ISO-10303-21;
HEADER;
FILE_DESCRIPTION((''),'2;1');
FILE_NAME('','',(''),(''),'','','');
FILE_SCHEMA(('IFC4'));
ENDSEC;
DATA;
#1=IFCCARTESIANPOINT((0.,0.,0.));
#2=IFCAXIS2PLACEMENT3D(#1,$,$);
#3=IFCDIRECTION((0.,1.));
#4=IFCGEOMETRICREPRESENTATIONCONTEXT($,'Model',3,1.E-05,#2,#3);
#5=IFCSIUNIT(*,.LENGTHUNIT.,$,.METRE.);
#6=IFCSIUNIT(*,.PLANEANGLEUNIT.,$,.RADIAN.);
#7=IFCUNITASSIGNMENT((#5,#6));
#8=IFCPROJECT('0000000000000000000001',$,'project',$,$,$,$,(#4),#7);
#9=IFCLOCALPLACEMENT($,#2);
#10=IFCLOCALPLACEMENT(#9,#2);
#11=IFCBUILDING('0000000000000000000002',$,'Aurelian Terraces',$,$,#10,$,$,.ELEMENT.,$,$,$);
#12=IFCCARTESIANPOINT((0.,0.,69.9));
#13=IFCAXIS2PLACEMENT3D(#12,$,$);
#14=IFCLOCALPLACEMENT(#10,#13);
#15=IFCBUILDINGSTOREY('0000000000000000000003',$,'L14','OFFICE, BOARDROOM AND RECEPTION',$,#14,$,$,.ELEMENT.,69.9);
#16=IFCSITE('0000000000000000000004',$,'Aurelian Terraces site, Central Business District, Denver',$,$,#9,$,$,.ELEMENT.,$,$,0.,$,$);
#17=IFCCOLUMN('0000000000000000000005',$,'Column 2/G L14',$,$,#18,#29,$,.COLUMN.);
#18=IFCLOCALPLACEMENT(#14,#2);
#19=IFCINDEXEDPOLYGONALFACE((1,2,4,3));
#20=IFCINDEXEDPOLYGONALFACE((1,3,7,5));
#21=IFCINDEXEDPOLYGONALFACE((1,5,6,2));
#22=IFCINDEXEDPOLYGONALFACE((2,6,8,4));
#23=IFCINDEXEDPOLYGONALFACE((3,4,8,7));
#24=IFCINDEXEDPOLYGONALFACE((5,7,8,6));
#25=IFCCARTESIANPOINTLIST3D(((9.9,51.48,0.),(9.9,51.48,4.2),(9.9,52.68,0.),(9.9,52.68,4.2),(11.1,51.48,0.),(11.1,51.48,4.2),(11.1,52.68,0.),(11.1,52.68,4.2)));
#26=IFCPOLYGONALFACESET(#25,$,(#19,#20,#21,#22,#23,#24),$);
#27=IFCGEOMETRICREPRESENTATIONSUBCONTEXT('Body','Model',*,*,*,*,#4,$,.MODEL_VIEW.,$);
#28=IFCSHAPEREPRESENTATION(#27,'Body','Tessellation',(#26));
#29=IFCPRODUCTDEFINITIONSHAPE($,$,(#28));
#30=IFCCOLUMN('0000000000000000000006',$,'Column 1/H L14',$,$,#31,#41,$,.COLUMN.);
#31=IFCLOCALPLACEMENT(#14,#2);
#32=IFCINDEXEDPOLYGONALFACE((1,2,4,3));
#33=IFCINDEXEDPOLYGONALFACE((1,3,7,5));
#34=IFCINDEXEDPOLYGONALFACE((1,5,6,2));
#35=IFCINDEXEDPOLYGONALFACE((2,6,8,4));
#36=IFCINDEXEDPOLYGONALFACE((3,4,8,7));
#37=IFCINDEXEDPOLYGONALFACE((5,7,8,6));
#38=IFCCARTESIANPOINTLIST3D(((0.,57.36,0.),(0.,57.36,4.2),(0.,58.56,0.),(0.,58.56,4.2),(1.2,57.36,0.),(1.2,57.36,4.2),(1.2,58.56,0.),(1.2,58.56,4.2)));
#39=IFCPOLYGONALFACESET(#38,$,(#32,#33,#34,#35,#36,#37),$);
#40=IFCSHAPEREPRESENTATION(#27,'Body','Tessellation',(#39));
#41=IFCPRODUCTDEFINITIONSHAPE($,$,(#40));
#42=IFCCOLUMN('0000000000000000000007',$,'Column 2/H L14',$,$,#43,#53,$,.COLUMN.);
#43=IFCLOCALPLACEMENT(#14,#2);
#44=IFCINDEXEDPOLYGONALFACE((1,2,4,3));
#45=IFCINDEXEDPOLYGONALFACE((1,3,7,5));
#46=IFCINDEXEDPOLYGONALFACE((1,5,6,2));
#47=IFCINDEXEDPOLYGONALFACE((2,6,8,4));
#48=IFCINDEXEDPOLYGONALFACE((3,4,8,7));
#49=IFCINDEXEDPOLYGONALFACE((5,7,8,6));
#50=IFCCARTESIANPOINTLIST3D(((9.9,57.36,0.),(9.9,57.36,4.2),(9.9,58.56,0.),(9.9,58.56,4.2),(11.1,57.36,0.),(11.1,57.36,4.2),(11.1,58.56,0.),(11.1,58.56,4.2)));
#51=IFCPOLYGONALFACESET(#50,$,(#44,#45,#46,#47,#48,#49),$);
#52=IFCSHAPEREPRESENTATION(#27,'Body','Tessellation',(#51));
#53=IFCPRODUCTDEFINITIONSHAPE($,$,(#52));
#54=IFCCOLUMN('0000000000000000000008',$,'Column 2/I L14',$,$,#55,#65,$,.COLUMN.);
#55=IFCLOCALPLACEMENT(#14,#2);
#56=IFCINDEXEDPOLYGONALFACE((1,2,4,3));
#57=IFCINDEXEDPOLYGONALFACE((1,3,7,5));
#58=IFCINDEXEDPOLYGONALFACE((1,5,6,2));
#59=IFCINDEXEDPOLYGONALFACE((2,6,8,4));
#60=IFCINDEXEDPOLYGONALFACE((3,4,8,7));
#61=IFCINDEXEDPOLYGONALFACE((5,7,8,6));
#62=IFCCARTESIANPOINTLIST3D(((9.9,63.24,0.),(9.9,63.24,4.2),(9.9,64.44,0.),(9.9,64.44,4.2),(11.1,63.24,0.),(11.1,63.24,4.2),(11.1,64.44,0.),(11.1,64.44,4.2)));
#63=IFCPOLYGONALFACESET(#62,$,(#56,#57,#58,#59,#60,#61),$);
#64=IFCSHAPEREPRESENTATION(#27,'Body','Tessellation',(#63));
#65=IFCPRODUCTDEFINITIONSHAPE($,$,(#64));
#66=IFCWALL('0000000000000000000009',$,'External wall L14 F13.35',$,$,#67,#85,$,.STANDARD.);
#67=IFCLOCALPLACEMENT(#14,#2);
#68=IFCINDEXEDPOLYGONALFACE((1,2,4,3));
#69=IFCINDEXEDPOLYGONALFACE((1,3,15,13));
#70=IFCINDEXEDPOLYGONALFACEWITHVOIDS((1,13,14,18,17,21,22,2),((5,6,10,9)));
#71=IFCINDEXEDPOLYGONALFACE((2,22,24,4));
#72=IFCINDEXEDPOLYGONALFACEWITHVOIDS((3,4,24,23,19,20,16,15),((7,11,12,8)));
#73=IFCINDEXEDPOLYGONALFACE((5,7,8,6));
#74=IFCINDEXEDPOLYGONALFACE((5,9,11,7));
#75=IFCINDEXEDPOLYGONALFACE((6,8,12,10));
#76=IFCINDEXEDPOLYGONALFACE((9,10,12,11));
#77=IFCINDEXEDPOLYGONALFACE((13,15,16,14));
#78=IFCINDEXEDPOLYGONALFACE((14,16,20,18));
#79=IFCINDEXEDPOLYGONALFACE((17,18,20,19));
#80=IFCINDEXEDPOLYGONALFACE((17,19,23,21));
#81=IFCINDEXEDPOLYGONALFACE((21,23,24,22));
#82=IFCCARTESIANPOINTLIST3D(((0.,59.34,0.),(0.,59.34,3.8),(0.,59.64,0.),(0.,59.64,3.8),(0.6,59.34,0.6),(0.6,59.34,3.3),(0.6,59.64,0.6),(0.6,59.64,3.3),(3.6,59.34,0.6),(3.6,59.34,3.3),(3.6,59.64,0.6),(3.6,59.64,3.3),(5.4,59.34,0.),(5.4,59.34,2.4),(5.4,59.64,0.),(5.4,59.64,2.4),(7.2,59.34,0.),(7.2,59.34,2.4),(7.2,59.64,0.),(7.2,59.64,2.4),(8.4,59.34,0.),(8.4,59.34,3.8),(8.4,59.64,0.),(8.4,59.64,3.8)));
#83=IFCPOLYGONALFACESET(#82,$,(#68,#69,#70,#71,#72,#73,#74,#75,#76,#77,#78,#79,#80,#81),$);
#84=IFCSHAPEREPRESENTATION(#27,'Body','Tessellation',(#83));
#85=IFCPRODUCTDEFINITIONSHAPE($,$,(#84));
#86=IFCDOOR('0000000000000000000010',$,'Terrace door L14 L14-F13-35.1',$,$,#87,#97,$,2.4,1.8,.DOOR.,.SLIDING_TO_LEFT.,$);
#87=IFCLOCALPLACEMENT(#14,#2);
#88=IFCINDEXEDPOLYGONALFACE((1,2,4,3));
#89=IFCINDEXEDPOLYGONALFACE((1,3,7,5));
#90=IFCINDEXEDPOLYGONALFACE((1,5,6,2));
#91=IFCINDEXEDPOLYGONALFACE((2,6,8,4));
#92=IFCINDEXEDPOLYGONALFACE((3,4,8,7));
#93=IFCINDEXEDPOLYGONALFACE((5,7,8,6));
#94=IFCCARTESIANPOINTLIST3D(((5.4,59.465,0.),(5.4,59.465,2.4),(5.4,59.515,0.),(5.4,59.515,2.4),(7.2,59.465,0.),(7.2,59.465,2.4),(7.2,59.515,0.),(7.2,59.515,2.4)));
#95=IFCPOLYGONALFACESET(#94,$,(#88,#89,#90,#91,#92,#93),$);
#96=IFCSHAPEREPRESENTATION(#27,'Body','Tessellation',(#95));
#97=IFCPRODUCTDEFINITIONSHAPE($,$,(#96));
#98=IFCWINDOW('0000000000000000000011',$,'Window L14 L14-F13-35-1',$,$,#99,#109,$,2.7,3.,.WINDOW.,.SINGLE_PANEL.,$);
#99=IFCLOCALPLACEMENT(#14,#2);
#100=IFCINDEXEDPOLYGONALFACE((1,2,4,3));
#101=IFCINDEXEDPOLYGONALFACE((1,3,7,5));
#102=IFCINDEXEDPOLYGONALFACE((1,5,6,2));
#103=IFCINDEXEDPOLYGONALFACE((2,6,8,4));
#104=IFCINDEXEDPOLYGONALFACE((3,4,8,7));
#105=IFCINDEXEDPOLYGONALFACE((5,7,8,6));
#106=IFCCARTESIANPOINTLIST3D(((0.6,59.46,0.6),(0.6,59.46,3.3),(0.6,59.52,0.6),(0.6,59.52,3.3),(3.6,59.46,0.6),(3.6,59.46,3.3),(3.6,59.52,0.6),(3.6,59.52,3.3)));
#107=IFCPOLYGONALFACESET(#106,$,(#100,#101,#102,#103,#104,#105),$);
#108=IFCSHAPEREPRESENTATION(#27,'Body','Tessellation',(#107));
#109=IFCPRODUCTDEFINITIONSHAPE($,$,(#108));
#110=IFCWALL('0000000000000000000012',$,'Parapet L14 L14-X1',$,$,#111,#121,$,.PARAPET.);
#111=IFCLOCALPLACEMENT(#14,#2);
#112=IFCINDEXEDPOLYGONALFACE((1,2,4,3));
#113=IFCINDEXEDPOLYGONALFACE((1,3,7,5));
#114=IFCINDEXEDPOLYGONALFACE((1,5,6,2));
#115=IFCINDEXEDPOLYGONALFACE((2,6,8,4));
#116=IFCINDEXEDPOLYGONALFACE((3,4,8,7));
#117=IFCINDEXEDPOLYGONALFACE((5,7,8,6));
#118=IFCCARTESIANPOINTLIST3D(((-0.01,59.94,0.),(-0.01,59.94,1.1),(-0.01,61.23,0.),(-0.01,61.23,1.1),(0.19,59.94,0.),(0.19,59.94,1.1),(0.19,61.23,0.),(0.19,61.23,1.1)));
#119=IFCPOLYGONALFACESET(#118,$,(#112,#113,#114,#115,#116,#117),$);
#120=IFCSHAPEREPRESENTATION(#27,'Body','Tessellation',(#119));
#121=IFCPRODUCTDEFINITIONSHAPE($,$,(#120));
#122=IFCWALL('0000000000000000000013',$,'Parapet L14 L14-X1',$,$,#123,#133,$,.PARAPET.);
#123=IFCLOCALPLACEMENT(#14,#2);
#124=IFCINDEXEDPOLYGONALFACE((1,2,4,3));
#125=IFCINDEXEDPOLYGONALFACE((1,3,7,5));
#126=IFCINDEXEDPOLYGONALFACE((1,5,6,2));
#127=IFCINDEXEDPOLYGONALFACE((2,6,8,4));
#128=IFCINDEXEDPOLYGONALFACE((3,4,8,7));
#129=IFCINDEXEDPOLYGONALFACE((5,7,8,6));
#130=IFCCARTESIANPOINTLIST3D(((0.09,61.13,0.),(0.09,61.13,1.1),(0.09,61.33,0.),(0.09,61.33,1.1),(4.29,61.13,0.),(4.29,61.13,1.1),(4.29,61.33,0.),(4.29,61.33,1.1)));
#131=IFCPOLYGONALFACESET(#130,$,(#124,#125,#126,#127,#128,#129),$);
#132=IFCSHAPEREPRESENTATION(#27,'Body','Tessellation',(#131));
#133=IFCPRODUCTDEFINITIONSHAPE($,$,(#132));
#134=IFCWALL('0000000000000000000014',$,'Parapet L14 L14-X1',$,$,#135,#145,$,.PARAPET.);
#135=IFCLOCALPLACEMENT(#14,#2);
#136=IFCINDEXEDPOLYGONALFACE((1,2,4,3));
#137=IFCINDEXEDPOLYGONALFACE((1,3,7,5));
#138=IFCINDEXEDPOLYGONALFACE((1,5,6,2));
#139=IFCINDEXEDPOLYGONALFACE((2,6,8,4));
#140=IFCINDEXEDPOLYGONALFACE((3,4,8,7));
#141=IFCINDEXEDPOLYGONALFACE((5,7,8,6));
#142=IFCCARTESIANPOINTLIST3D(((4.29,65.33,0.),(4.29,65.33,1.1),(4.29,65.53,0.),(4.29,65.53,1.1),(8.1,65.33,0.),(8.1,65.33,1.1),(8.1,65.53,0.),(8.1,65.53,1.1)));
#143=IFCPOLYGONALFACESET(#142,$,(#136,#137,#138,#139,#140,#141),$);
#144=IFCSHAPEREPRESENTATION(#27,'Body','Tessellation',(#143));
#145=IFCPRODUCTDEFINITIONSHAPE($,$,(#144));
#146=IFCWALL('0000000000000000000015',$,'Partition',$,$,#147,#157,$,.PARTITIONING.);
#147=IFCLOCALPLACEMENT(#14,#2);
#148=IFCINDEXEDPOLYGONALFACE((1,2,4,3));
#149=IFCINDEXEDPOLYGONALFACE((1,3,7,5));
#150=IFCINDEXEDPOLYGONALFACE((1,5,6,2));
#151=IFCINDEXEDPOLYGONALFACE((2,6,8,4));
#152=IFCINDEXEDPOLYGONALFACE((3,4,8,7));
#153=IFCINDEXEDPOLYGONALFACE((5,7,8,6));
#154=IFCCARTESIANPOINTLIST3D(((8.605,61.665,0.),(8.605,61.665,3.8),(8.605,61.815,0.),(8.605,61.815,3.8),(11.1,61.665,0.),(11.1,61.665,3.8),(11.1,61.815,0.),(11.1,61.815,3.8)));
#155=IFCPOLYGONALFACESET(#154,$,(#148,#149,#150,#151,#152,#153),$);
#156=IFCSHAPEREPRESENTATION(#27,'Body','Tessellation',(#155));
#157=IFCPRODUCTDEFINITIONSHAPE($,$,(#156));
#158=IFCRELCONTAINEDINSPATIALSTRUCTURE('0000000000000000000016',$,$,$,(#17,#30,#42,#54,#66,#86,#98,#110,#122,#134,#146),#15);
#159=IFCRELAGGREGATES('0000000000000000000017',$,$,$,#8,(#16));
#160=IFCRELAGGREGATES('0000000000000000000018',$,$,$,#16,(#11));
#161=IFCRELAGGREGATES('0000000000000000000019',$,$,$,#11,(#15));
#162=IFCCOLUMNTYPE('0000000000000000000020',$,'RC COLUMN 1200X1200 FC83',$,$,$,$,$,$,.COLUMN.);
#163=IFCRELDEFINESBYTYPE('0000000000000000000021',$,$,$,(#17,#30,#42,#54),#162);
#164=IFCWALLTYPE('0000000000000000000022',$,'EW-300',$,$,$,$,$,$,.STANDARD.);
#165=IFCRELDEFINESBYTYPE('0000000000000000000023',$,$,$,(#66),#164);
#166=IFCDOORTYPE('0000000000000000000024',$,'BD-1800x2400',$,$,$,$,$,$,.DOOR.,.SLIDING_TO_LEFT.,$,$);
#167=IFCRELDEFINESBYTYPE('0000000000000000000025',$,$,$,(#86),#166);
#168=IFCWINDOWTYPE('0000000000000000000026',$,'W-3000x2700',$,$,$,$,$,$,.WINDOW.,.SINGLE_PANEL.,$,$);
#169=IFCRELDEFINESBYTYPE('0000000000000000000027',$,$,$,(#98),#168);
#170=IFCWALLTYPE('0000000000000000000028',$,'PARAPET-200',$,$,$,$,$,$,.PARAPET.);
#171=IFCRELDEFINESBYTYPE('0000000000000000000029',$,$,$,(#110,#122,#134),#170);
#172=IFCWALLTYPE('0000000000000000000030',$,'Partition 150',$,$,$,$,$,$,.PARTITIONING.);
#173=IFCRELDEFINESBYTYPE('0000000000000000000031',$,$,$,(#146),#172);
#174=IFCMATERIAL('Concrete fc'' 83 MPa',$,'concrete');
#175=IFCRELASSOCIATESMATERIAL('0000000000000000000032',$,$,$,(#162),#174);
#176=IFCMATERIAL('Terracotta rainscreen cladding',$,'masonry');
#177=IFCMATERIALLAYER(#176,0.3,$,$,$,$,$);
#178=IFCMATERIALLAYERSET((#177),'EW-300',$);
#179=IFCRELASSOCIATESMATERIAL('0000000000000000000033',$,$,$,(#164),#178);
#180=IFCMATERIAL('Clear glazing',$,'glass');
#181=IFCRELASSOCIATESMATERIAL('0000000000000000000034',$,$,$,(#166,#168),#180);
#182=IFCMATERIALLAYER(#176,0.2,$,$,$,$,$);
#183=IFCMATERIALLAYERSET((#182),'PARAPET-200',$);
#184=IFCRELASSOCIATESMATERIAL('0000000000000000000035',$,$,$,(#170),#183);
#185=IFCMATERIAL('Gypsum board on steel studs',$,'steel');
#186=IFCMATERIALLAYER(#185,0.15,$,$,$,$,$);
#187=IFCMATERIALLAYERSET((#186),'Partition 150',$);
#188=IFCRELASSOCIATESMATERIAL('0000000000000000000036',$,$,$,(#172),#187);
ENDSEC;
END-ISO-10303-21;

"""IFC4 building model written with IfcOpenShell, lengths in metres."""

from ifc_helpers import new_model, si_unit, direction, frame, frame_2d, origin, origin_2d, place, context, subcontext, project, spatial, rectangle, extrude, source, transform, mapped, material, layer, layer_set, material_profile, profile_set, type_object, element, fill, save


model = new_model("IFC4")

# Units and contexts
model_context = context("Model", 3, precision=1e-05, world=origin(), true_north=direction((0.0, 1.0)))
body_context = subcontext(model_context, "Body", "Model", "MODEL_VIEW")
ifc_project = project(units=[si_unit("LENGTHUNIT", "METRE"), si_unit("PLANEANGLEUNIT", "RADIAN")], contexts=[model_context])

# Site, building, storey
site_placement = place(None, origin())
site = spatial("IfcSite", under=ifc_project, at=site_placement, Name="Aurelian Terraces site, Central Business District, Denver", CompositionType="ELEMENT", RefElevation=0.0)
building_placement = place(site_placement, origin())
building = spatial("IfcBuilding", under=site, at=building_placement, Name="Aurelian Terraces", CompositionType="ELEMENT")
storey_placement = place(building_placement, frame((0.0, 0.0, 69.9)))
storey = spatial("IfcBuildingStorey", under=building, at=storey_placement, Name="L14", Description="OFFICE, BOARDROOM AND RECEPTION", CompositionType="ELEMENT", Elevation=69.9)

# Columns
ifc_material_1 = material(Name="Concrete fc' 83 MPa", Category="concrete")
ifc_material_profile = material_profile(ifc_material_1, rectangle(XDim=1.2, YDim=1.2, at=origin_2d()))
ifc_profile_set = profile_set([ifc_material_profile], Name="Concrete fc' 83 MPa")
column_type = type_object("IfcColumnType", Name="RC COLUMN 1200X1200 FC83", PredefinedType="COLUMN", material=ifc_profile_set)
shared_shape_1 = source(origin(), body_context, "Body", "SweptSolid", [
    extrude(rectangle(XDim=1.2, YDim=1.2, at=origin_2d()), origin(), (0.0, 0.0, 1.0), 4.2),
])
for number, where, z_axis, x_axis, name in (
    (1, (10.5, 52.08, 0.0), (0.0, 0.0, 1.0), (1.0, 0.0, 0.0), "Column 2/G L14"),
    (2, (0.6, 57.96, 0.0), (0.0, 0.0, 1.0), (1.0, 0.0, 0.0), "Column 1/H L14"),
    (3, (10.5, 57.96, 0.0), (0.0, 0.0, 1.0), (1.0, 0.0, 0.0), "Column 2/H L14"),
    (4, (10.5, 63.84, 0.0), (0.0, 0.0, 1.0), (1.0, 0.0, 0.0), "Column 2/I L14"),
):
    element("IfcColumn", number, at=place(storey_placement, frame(where, z_axis=z_axis, x_axis=x_axis)), inside=storey, type_object=column_type, Name=name, PredefinedType="COLUMN", context=body_context, shape_type="MappedRepresentation", body=[
        mapped(shared_shape_1, transform((0.0, 0.0, 0.0), scale=1.0)),
    ])

# Wall, openings, door, window
ifc_material_2 = material(Name="Terracotta rainscreen cladding", Category="masonry")
ifc_layer_1 = layer(ifc_material_2, 0.3)
ifc_layer_set_1 = layer_set([ifc_layer_1], Name="EW-300")
wall_type_1 = type_object("IfcWallType", Name="EW-300", PredefinedType="STANDARD", material=ifc_layer_set_1)
wall_1_placement = place(storey_placement, frame((8.4, 59.49, 0.0), z_axis=(0.0, 0.0, 1.0), x_axis=(-1.0, 0.0, 0.0)))
wall_1 = element("IfcWall", 5, at=wall_1_placement, inside=storey, type_object=wall_type_1, Name="External wall L14 F13.35", PredefinedType="STANDARD", context=body_context, shape_type="SweptSolid", body=[
    extrude(rectangle(XDim=8.4, YDim=0.3, at=frame_2d((4.2, 0.0))), origin(), (0.0, 0.0, 1.0), 3.8),
])
shared_shape_2 = source(origin(), body_context, "Body", "SweptSolid", [
    extrude(rectangle(XDim=1.8, YDim=2.4, at=frame_2d((0.9, 1.2))), frame((0.0, 0.16, 0.0), z_axis=(0.0, -1.0, 0.0), x_axis=(1.0, 0.0, 0.0)), (0.0, 0.0, 1.0), 0.32),
])
opening_1_placement = place(wall_1_placement, frame((1.2, 0.0, 0.0)))
opening_1 = element("IfcOpeningElement", 6, at=opening_1_placement, cuts=wall_1, PredefinedType="OPENING", context=body_context, shape_type="MappedRepresentation", body=[
    mapped(shared_shape_2, transform((0.0, 0.0, 0.0), scale=1.0)),
])
shared_shape_3 = source(origin(), body_context, "Body", "SweptSolid", [
    extrude(rectangle(XDim=3.0, YDim=2.7, at=frame_2d((1.5, 1.35))), frame((0.0, 0.16, 0.0), z_axis=(0.0, -1.0, 0.0), x_axis=(1.0, 0.0, 0.0)), (0.0, 0.0, 1.0), 0.32),
])
opening_2_placement = place(wall_1_placement, frame((4.8, 0.0, 0.6)))
opening_2 = element("IfcOpeningElement", 7, at=opening_2_placement, cuts=wall_1, PredefinedType="OPENING", context=body_context, shape_type="MappedRepresentation", body=[
    mapped(shared_shape_3, transform((0.0, 0.0, 0.0), scale=1.0)),
])
ifc_material_3 = material(Name="Clear glazing", Category="glass")
door_type_1 = type_object("IfcDoorType", Name="BD-1800x2400", OperationType="SLIDING_TO_LEFT", PredefinedType="DOOR", material=ifc_material_3)
shared_shape_4 = source(origin(), body_context, "Body", "SweptSolid", [
    extrude(rectangle(XDim=1.8, YDim=2.4, at=frame_2d((0.9, 1.2))), frame((0.0, 0.025, 0.0), z_axis=(0.0, -1.0, 0.0), x_axis=(1.0, 0.0, 0.0)), (0.0, 0.0, 1.0), 0.05),
])
door_1_placement = place(opening_1_placement, origin())
door_1 = element("IfcDoor", 8, at=door_1_placement, inside=storey, type_object=door_type_1, Name="Terrace door L14 L14-F13-35.1", OperationType="SLIDING_TO_LEFT", OverallHeight=2.4, OverallWidth=1.8, PredefinedType="DOOR", context=body_context, shape_type="MappedRepresentation", body=[
    mapped(shared_shape_4, transform((0.0, 0.0, 0.0), scale=1.0)),
])
fill(opening_1, door_1)
window_type_1 = type_object("IfcWindowType", Name="W-3000x2700", PartitioningType="SINGLE_PANEL", PredefinedType="WINDOW", material=ifc_material_3)
shared_shape_5 = source(origin(), body_context, "Body", "SweptSolid", [
    extrude(rectangle(XDim=3.0, YDim=2.7, at=frame_2d((1.5, 1.35))), frame((0.0, 0.03, 0.0), z_axis=(0.0, -1.0, 0.0), x_axis=(1.0, 0.0, 0.0)), (0.0, 0.0, 1.0), 0.06),
])
window_1_placement = place(opening_2_placement, origin())
window_1 = element("IfcWindow", 9, at=window_1_placement, inside=storey, type_object=window_type_1, Name="Window L14 L14-F13-35-1", OverallHeight=2.7, OverallWidth=3.0, PartitioningType="SINGLE_PANEL", PredefinedType="WINDOW", context=body_context, shape_type="MappedRepresentation", body=[
    mapped(shared_shape_5, transform((0.0, 0.0, 0.0), scale=1.0)),
])
fill(opening_2, window_1)

# Walls
ifc_layer_2 = layer(ifc_material_2, 0.2)
ifc_layer_set_2 = layer_set([ifc_layer_2], Name="PARAPET-200")
wall_type_2 = type_object("IfcWallType", Name="PARAPET-200", PredefinedType="PARAPET", material=ifc_layer_set_2)
wall_2_placement = place(storey_placement, frame((0.09, 59.94, 0.0), z_axis=(0.0, 0.0, 1.0), x_axis=(0.0, 1.0, 0.0)))
element("IfcWall", 10, at=wall_2_placement, inside=storey, type_object=wall_type_2, Name="Parapet L14 L14-X1", PredefinedType="PARAPET", context=body_context, shape_type="SweptSolid", body=[
    extrude(rectangle(XDim=1.29, YDim=0.2, at=frame_2d((0.645, 0.0))), origin(), (0.0, 0.0, 1.0), 1.1),
])
wall_3_placement = place(storey_placement, frame((0.09, 61.23, 0.0), z_axis=(0.0, 0.0, 1.0), x_axis=(1.0, 0.0, 0.0)))
element("IfcWall", 11, at=wall_3_placement, inside=storey, type_object=wall_type_2, Name="Parapet L14 L14-X1", PredefinedType="PARAPET", context=body_context, shape_type="SweptSolid", body=[
    extrude(rectangle(XDim=4.2, YDim=0.2, at=frame_2d((2.1, 0.0))), origin(), (0.0, 0.0, 1.0), 1.1),
])
wall_4_placement = place(storey_placement, frame((4.29, 65.43, 0.0), z_axis=(0.0, 0.0, 1.0), x_axis=(1.0, 0.0, 0.0)))
element("IfcWall", 12, at=wall_4_placement, inside=storey, type_object=wall_type_2, Name="Parapet L14 L14-X1", PredefinedType="PARAPET", context=body_context, shape_type="SweptSolid", body=[
    extrude(rectangle(XDim=3.81, YDim=0.2, at=frame_2d((1.905, 0.0))), origin(), (0.0, 0.0, 1.0), 1.1),
])
ifc_material_4 = material(Name="Gypsum board on steel studs", Category="steel")
ifc_layer_3 = layer(ifc_material_4, 0.15)
ifc_layer_set_3 = layer_set([ifc_layer_3], Name="Partition 150")
wall_type_3 = type_object("IfcWallType", Name="Partition 150", PredefinedType="PARTITIONING", material=ifc_layer_set_3)
wall_5_placement = place(storey_placement, frame((11.1, 61.74, 0.0), z_axis=(0.0, 0.0, 1.0), x_axis=(-1.0, 0.0, 0.0)))
element("IfcWall", 13, at=wall_5_placement, inside=storey, type_object=wall_type_3, Name="Partition", PredefinedType="PARTITIONING", context=body_context, shape_type="SweptSolid", body=[
    extrude(rectangle(XDim=2.495, YDim=0.15, at=frame_2d((1.2475, 0.0))), origin(), (0.0, 0.0, 1.0), 3.8),
])

save(model, "model.ifc")
